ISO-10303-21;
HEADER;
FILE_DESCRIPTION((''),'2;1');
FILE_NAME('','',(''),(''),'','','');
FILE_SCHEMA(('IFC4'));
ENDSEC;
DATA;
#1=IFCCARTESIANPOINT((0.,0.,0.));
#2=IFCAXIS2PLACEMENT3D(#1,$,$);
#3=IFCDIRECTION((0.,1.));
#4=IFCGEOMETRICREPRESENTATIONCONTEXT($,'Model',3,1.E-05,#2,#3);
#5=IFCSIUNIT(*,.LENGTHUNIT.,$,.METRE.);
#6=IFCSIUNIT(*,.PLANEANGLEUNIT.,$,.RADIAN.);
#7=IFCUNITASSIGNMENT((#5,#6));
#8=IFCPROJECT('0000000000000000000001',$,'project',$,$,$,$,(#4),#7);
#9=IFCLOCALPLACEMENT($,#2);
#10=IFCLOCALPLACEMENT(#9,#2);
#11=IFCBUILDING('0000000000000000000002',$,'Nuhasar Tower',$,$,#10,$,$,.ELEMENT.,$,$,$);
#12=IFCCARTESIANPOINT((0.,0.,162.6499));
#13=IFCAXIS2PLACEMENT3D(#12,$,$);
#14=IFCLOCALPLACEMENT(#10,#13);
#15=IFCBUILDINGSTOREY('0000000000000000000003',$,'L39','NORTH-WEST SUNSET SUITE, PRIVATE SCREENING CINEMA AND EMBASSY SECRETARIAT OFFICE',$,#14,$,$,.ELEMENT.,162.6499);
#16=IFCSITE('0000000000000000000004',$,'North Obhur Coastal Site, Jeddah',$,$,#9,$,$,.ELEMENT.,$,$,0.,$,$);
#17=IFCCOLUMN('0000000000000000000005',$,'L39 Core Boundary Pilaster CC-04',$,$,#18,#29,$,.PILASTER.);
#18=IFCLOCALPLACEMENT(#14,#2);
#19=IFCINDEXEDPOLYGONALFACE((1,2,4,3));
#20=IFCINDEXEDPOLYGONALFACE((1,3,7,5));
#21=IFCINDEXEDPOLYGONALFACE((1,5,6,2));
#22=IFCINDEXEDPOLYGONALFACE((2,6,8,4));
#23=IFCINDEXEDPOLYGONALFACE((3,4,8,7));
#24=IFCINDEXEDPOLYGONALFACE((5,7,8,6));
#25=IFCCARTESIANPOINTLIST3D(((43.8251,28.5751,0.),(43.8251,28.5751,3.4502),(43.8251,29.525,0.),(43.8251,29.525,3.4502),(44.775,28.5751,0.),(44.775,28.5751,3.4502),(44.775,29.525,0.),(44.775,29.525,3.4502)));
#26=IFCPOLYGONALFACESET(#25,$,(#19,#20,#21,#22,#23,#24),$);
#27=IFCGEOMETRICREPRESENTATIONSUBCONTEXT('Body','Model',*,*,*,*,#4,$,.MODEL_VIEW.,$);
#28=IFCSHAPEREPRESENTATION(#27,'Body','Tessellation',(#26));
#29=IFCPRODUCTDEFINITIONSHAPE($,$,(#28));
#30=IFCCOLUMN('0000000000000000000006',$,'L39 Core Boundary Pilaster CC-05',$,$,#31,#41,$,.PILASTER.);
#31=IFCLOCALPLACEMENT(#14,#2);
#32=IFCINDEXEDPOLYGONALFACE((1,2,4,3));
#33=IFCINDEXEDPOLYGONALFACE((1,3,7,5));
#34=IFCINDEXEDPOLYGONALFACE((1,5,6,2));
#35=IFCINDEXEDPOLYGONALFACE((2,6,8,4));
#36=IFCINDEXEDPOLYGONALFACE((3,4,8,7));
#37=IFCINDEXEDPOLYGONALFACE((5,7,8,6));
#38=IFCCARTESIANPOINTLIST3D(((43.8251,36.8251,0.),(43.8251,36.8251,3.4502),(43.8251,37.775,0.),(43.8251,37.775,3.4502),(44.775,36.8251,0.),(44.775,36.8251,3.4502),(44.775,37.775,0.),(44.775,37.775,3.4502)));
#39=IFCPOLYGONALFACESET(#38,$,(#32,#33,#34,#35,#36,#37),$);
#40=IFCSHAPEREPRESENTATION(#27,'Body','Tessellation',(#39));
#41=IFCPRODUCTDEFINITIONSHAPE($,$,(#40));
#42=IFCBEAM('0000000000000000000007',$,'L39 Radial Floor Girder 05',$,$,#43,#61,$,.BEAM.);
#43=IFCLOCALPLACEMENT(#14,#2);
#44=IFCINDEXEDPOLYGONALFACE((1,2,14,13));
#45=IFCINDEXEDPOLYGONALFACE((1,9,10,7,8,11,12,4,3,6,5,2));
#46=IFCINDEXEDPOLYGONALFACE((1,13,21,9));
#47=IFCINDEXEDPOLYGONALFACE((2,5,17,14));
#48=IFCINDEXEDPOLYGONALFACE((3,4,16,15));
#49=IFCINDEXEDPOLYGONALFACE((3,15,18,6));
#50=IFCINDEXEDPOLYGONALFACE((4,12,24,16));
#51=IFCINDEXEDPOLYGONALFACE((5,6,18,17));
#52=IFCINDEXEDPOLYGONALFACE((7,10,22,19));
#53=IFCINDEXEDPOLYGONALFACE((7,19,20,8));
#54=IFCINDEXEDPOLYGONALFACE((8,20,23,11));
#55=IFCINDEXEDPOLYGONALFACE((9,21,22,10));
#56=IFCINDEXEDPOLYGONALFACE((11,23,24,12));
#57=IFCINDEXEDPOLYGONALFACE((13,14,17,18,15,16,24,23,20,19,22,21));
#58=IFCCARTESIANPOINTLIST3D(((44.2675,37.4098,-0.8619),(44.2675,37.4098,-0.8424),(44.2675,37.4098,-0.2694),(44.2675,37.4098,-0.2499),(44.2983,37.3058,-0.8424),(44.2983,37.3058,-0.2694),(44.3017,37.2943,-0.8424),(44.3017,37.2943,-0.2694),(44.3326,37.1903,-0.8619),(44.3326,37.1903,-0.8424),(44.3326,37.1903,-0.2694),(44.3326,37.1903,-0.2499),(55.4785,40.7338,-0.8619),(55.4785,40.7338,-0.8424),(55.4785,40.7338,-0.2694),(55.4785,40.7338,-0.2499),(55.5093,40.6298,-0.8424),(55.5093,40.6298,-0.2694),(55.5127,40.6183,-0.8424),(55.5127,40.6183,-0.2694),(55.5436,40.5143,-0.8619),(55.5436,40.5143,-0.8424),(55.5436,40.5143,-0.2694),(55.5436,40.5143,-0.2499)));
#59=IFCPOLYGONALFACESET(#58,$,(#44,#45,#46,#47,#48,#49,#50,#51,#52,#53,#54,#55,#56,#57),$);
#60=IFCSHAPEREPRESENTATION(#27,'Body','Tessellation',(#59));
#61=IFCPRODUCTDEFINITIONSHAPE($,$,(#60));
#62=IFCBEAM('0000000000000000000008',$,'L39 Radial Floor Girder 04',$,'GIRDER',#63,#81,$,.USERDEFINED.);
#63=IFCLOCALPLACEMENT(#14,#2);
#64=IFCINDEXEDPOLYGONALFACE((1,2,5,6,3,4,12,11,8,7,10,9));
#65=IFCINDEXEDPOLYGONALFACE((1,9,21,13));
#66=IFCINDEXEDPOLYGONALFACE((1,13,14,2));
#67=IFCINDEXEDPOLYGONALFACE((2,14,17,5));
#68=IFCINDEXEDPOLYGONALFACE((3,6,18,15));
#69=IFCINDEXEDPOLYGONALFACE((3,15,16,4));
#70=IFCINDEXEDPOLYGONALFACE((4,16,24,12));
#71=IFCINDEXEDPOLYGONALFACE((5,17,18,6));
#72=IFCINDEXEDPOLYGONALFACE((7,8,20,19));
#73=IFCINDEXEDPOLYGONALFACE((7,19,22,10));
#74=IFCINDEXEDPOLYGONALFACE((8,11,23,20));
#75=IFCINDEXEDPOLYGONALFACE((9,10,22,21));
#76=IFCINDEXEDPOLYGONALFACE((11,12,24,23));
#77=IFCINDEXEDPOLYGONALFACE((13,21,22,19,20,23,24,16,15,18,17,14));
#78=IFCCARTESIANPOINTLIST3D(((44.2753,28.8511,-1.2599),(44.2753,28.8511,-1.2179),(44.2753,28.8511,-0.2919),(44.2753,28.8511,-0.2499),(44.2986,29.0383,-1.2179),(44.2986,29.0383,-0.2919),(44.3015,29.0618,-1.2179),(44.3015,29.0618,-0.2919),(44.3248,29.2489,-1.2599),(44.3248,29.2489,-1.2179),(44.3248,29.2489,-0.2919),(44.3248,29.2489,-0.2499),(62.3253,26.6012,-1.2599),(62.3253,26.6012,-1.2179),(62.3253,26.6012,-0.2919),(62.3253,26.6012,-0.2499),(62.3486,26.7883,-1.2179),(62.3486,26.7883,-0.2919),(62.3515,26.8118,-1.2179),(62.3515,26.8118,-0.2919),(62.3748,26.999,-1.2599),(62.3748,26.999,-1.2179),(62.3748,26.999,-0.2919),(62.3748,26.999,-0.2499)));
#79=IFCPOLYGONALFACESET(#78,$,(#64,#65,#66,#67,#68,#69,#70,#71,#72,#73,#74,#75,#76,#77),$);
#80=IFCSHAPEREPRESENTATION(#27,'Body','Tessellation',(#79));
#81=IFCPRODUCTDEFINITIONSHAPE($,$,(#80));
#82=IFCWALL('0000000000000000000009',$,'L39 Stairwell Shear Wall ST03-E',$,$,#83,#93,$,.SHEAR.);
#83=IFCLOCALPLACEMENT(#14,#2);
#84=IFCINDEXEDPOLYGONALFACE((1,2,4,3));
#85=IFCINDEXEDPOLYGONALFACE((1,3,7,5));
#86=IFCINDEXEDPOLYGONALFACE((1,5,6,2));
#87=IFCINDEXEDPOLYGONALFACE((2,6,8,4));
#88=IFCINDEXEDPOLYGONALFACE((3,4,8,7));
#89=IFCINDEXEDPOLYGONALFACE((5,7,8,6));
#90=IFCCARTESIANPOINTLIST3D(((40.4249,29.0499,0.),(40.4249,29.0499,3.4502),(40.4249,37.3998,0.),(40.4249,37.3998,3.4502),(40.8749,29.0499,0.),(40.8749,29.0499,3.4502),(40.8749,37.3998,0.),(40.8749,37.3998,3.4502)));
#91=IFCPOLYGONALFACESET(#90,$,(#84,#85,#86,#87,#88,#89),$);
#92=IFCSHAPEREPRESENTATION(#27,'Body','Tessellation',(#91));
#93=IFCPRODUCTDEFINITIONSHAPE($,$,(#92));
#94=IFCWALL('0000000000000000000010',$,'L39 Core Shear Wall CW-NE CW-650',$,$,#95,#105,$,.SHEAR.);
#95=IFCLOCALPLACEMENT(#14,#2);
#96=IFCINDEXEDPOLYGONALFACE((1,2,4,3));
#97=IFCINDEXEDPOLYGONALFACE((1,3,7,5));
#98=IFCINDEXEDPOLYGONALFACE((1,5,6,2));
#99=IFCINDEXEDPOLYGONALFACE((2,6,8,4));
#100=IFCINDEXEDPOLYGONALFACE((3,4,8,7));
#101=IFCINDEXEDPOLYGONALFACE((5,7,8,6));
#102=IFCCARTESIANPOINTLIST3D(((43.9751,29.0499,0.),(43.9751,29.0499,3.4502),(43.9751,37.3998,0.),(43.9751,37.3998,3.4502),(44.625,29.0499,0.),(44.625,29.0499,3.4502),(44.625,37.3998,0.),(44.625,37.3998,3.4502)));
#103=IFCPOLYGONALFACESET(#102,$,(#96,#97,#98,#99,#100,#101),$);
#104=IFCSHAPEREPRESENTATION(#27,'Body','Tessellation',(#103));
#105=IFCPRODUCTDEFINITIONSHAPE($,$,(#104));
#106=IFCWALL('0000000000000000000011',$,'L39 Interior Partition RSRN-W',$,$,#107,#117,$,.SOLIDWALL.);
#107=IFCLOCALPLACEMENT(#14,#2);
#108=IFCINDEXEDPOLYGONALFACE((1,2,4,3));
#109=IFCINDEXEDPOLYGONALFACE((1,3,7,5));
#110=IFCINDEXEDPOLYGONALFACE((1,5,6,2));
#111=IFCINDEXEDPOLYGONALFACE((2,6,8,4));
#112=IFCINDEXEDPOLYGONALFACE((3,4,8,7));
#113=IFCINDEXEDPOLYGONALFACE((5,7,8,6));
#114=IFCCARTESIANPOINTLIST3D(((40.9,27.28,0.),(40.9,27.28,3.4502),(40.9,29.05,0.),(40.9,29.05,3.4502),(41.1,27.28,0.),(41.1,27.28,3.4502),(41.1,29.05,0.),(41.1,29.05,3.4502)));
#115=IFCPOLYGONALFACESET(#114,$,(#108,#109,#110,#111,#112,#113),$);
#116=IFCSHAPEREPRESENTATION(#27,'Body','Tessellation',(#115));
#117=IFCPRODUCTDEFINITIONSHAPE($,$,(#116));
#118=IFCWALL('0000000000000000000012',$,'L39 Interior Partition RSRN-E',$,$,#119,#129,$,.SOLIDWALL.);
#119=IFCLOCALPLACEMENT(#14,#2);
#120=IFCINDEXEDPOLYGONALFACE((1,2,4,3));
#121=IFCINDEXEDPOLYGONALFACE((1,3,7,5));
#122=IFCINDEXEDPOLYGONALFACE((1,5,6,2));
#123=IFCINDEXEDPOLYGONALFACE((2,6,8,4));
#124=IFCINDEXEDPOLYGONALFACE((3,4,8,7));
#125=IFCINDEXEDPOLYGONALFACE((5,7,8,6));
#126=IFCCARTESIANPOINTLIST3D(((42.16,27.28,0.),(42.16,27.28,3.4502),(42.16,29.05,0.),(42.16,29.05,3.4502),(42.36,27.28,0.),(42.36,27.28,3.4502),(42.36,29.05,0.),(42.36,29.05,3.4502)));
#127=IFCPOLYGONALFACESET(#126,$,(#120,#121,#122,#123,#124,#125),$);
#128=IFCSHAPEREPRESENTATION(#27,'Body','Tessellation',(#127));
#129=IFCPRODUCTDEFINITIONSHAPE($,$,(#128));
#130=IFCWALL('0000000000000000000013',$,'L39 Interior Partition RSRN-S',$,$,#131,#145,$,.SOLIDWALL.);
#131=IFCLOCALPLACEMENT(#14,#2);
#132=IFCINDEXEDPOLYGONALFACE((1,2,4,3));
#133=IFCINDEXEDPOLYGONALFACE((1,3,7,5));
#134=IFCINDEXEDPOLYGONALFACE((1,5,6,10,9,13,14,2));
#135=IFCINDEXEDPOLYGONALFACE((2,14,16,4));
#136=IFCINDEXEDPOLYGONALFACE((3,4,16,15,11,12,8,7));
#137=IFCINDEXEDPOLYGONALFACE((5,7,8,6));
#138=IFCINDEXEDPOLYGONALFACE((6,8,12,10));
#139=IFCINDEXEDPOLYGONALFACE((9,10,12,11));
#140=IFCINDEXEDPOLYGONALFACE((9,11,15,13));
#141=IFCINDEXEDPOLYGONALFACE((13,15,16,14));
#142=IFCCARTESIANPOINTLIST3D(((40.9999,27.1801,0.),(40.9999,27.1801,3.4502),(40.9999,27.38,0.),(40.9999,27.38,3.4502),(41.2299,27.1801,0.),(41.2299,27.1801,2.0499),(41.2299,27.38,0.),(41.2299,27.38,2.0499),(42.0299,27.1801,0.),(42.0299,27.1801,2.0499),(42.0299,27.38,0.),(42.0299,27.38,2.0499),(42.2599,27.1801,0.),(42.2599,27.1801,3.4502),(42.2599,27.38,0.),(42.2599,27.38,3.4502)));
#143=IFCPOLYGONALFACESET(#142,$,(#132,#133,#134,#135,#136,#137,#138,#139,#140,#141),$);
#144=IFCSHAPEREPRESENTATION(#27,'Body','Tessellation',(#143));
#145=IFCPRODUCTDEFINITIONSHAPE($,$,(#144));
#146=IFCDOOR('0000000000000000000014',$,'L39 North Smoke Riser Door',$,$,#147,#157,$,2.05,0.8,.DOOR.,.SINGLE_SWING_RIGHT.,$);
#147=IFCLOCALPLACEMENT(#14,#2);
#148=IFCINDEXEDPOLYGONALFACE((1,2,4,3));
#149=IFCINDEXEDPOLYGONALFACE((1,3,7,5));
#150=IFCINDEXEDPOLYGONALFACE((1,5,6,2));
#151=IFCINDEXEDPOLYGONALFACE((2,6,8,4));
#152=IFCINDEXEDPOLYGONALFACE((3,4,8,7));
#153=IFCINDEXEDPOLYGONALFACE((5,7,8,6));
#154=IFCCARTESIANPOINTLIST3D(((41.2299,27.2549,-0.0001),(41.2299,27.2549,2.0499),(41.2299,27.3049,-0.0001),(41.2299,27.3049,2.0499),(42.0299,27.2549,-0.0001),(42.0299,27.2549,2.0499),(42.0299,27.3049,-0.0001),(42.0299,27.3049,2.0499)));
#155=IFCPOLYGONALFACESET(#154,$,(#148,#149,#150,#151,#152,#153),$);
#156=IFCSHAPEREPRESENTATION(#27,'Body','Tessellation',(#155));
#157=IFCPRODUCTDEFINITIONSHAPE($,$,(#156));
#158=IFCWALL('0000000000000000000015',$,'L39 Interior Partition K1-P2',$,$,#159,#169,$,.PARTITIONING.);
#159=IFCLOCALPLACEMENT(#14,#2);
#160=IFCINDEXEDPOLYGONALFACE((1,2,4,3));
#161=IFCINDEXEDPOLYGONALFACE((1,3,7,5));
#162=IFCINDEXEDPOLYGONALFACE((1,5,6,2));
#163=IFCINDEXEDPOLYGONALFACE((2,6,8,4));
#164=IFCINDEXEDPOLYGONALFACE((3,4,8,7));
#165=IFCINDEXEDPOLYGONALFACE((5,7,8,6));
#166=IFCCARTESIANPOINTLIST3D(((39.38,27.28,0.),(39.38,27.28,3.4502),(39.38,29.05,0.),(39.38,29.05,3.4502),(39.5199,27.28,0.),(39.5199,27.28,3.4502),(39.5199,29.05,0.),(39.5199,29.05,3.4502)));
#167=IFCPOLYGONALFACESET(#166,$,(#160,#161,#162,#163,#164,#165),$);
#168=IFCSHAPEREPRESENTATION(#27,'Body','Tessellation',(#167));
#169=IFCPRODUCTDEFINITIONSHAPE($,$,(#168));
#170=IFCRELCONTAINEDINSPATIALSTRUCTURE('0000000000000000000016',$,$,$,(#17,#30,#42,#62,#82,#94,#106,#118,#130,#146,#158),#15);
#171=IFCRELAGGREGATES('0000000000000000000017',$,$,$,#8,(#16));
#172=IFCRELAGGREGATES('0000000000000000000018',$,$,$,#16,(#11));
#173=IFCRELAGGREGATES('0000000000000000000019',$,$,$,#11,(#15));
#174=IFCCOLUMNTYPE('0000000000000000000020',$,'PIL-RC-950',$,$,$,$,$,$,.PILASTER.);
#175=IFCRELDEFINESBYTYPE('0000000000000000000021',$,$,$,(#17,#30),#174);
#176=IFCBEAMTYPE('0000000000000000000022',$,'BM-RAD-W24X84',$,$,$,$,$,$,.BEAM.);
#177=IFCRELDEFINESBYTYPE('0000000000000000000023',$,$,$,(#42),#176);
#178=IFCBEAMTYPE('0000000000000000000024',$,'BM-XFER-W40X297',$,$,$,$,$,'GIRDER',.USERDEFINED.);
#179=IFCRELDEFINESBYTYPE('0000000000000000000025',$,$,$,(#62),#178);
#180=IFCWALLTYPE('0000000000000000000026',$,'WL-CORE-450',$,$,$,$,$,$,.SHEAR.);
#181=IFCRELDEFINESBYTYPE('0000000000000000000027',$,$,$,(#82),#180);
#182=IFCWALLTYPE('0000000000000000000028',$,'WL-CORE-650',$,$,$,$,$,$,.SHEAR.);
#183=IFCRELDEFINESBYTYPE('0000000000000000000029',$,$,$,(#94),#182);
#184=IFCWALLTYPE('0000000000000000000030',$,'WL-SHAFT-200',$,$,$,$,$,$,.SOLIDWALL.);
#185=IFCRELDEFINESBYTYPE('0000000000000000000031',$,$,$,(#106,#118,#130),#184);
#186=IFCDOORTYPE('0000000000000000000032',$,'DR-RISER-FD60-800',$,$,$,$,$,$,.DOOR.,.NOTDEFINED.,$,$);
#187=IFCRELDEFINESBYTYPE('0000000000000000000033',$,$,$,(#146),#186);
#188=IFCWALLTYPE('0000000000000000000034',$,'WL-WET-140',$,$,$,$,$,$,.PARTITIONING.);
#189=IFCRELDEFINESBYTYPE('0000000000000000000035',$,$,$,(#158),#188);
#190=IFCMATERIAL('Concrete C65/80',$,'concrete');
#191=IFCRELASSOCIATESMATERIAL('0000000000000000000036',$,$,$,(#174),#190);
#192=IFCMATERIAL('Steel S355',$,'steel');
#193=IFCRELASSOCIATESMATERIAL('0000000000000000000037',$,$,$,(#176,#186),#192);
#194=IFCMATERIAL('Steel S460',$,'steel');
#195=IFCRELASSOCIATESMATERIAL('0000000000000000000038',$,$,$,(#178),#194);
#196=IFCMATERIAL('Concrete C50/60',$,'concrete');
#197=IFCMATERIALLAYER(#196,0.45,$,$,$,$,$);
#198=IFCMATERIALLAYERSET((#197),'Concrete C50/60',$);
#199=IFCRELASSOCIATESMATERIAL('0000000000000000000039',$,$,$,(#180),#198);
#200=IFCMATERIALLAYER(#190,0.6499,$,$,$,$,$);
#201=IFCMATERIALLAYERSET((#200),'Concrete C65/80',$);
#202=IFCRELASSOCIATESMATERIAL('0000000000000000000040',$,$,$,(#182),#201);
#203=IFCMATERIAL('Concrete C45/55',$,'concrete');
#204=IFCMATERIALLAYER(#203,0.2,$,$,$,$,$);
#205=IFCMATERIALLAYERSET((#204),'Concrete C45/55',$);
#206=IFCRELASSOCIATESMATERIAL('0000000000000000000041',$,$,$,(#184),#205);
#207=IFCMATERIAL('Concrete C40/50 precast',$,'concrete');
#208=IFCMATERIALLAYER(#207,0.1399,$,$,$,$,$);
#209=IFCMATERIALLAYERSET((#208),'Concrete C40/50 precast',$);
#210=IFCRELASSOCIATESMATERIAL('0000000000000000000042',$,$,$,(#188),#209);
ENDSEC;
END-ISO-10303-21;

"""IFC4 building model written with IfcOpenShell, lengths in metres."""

from ifc_helpers import new_model, si_unit, direction, frame, frame_2d, origin, origin_2d, place, context, subcontext, project, spatial, rectangle, i_section, extrude, material, layer, layer_set, material_profile, profile_set, type_object, element, fill, save


model = new_model("IFC4")

# Units and contexts
model_context = context("Model", 3, precision=1e-05, world=origin(), true_north=direction((0.0, 1.0)))
body_context = subcontext(model_context, "Body", "Model", "MODEL_VIEW")
ifc_project = project(units=[si_unit("LENGTHUNIT", "METRE"), si_unit("PLANEANGLEUNIT", "RADIAN")], contexts=[model_context])

# Site, building, storey
site_placement = place(None, origin())
site = spatial("IfcSite", under=ifc_project, at=site_placement, Name="North Obhur Coastal Site, Jeddah", CompositionType="ELEMENT", RefElevation=0.0)
building_placement = place(site_placement, origin())
building = spatial("IfcBuilding", under=site, at=building_placement, Name="Nuhasar Tower", CompositionType="ELEMENT")
storey_placement = place(building_placement, frame((0.0, 0.0, 162.6499)))
storey = spatial("IfcBuildingStorey", under=building, at=storey_placement, Name="L39", Description="NORTH-WEST SUNSET SUITE, PRIVATE SCREENING CINEMA AND EMBASSY SECRETARIAT OFFICE", CompositionType="ELEMENT", Elevation=162.6499)

# Columns
ifc_material_1 = material(Name="Concrete C65/80", Category="concrete")
ifc_material_profile_1 = material_profile(ifc_material_1, rectangle(XDim=0.95, YDim=0.95, at=origin_2d()), Name="RC950X950")
ifc_profile_set_1 = profile_set([ifc_material_profile_1], Name="Concrete C65/80")
column_type = type_object("IfcColumnType", Name="PIL-RC-950", PredefinedType="PILASTER", material=ifc_profile_set_1)
for number, where, z_axis, x_axis, name in (
    (1, (44.3, 29.05, 0.0), (0.0, 0.0, 1.0), (1.0, 0.0, 0.0), "L39 Core Boundary Pilaster CC-04"),
    (2, (44.3, 37.3, 0.0), (0.0, 0.0, 1.0), (1.0, 0.0, 0.0), "L39 Core Boundary Pilaster CC-05"),
):
    element("IfcColumn", number, at=place(storey_placement, frame(where, z_axis=z_axis, x_axis=x_axis)), inside=storey, type_object=column_type, Name=name, PredefinedType="PILASTER", context=body_context, shape_type="SweptSolid", body=[
        extrude(rectangle(XDim=0.95, YDim=0.95, at=origin_2d()), origin(), (0.0, 0.0, 1.0), 3.4502),
    ])

# Beams
ifc_material_2 = material(Name="Steel S355", Category="steel")
ifc_material_profile_2 = material_profile(ifc_material_2, i_section(OverallWidth=0.229, OverallDepth=0.6121, WebThickness=0.012, FlangeThickness=0.0195, at=origin_2d()), Name="W24X84")
ifc_profile_set_2 = profile_set([ifc_material_profile_2], Name="Steel S355")
beam_type_1 = type_object("IfcBeamType", Name="BM-RAD-W24X84", PredefinedType="BEAM", material=ifc_profile_set_2)
beam_1_placement = place(storey_placement, frame((44.3, 37.3, -0.5559), z_axis=(0.958746, 0.284262, 0.0), x_axis=(-0.284262, 0.958746, 0.0)))
element("IfcBeam", 3, at=beam_1_placement, inside=storey, type_object=beam_type_1, Name="L39 Radial Floor Girder 05", PredefinedType="BEAM", context=body_context, shape_type="SweptSolid", body=[
    extrude(i_section(OverallWidth=0.229, OverallDepth=0.6121, WebThickness=0.012, FlangeThickness=0.0195, at=origin_2d()), origin(), (0.0, 0.0, 1.0), 11.6934),
])
ifc_material_3 = material(Name="Steel S460", Category="steel")
ifc_material_profile_3 = material_profile(ifc_material_3, i_section(OverallWidth=0.4009, OverallDepth=1.01, WebThickness=0.0237, FlangeThickness=0.042, at=origin_2d()), Name="W40X297")
ifc_profile_set_3 = profile_set([ifc_material_profile_3], Name="Steel S460")
beam_type_2 = type_object("IfcBeamType", Name="BM-XFER-W40X297", ElementType="GIRDER", PredefinedType="USERDEFINED", material=ifc_profile_set_3)
beam_2_placement = place(storey_placement, frame((44.3, 29.05, -0.7549), z_axis=(0.99232, -0.123696, 0.0), x_axis=(0.123696, 0.99232, 0.0)))
element("IfcBeam", 4, at=beam_2_placement, inside=storey, type_object=beam_type_2, Name="L39 Radial Floor Girder 04", ObjectType="GIRDER", PredefinedType="USERDEFINED", context=body_context, shape_type="SweptSolid", body=[
    extrude(i_section(OverallWidth=0.4009, OverallDepth=1.01, WebThickness=0.0237, FlangeThickness=0.042, at=origin_2d()), origin(), (0.0, 0.0, 1.0), 18.1897),
])

# Shared definitions
ifc_material_4 = material(Name="Concrete C50/60", Category="concrete")
ifc_layer_1 = layer(ifc_material_4, 0.45)
ifc_layer_set_1 = layer_set([ifc_layer_1], Name="Concrete C50/60")
wall_type_1 = type_object("IfcWallType", Name="WL-CORE-450", PredefinedType="SHEAR", material=ifc_layer_set_1)

# Walls
wall_1_placement = place(storey_placement, frame((40.6499, 29.05, 0.0), z_axis=(0.0, 0.0, 1.0), x_axis=(0.0, 1.0, 0.0)))
element("IfcWall", 5, at=wall_1_placement, inside=storey, type_object=wall_type_1, Name="L39 Stairwell Shear Wall ST03-E", PredefinedType="SHEAR", context=body_context, shape_type="SweptSolid", body=[
    extrude(rectangle(XDim=8.3499, YDim=0.45, at=frame_2d((4.1748, 0.0))), origin(), (0.0, 0.0, 1.0), 3.4502),
])
ifc_layer_2 = layer(ifc_material_1, 0.6499)
ifc_layer_set_2 = layer_set([ifc_layer_2], Name="Concrete C65/80")
wall_type_2 = type_object("IfcWallType", Name="WL-CORE-650", PredefinedType="SHEAR", material=ifc_layer_set_2)
wall_2_placement = place(storey_placement, frame((44.3, 29.05, 0.0), z_axis=(0.0, 0.0, 1.0), x_axis=(0.0, 1.0, 0.0)))
element("IfcWall", 6, at=wall_2_placement, inside=storey, type_object=wall_type_2, Name="L39 Core Shear Wall CW-NE CW-650", PredefinedType="SHEAR", context=body_context, shape_type="SweptSolid", body=[
    extrude(rectangle(XDim=8.3499, YDim=0.6499, at=frame_2d((4.1748, 0.0))), origin(), (0.0, 0.0, 1.0), 3.4502),
])
ifc_material_5 = material(Name="Concrete C45/55", Category="concrete")
ifc_layer_3 = layer(ifc_material_5, 0.2)
ifc_layer_set_3 = layer_set([ifc_layer_3], Name="Concrete C45/55")
wall_type_3 = type_object("IfcWallType", Name="WL-SHAFT-200", PredefinedType="SOLIDWALL", material=ifc_layer_set_3)
for number, where, z_axis, x_axis, name in (
    (7, (41.0, 27.28, 0.0), (0.0, 0.0, 1.0), (0.0, 1.0, 0.0), "L39 Interior Partition RSRN-W"),
    (8, (42.26, 27.28, 0.0), (0.0, 0.0, 1.0), (0.0, 1.0, 0.0), "L39 Interior Partition RSRN-E"),
):
    element("IfcWall", number, at=place(storey_placement, frame(where, z_axis=z_axis, x_axis=x_axis)), inside=storey, type_object=wall_type_3, Name=name, PredefinedType="SOLIDWALL", context=body_context, shape_type="SweptSolid", body=[
        extrude(rectangle(XDim=1.77, YDim=0.2, at=frame_2d((0.885, 0.0))), origin(), (0.0, 0.0, 1.0), 3.4502),
    ])

# Wall, opening, door
wall_3_placement = place(storey_placement, frame((41.0, 27.28, 0.0), z_axis=(0.0, 0.0, 1.0), x_axis=(1.0, 0.0, 0.0)))
wall_3 = element("IfcWall", 9, at=wall_3_placement, inside=storey, type_object=wall_type_3, Name="L39 Interior Partition RSRN-S", PredefinedType="SOLIDWALL", context=body_context, shape_type="SweptSolid", body=[
    extrude(rectangle(XDim=1.26, YDim=0.2, at=frame_2d((0.6299, 0.0))), origin(), (0.0, 0.0, 1.0), 3.4502),
])
opening_1_placement = place(wall_3_placement, frame((0.23, 0.0, 0.0)))
opening_1 = element("IfcOpeningElement", 10, at=opening_1_placement, cuts=wall_3, PredefinedType="OPENING", context=body_context, shape_type="SweptSolid", body=[
    extrude(rectangle(XDim=0.8, YDim=2.05, at=frame_2d((0.3999, 1.0249))), frame((0.0, 0.1099, 0.0), z_axis=(0.0, -1.0, 0.0), x_axis=(1.0, 0.0, 0.0)), (0.0, 0.0, 1.0), 0.22),
])
door_type_1 = type_object("IfcDoorType", Name="DR-RISER-FD60-800", OperationType="NOTDEFINED", PredefinedType="DOOR", material=ifc_material_2)
door_1_placement = place(opening_1_placement, origin())
door_1 = element("IfcDoor", 11, at=door_1_placement, inside=storey, type_object=door_type_1, Name="L39 North Smoke Riser Door", OperationType="SINGLE_SWING_RIGHT", OverallHeight=2.05, OverallWidth=0.8, PredefinedType="DOOR", context=body_context, shape_type="SweptSolid", body=[
    extrude(rectangle(XDim=0.8, YDim=2.05, at=frame_2d((0.3999, 1.0249))), frame((0.0, 0.0249, 0.0), z_axis=(0.0, -1.0, 0.0), x_axis=(1.0, 0.0, 0.0)), (0.0, 0.0, 1.0), 0.05),
])
fill(opening_1, door_1)

# Wall
ifc_material_6 = material(Name="Concrete C40/50 precast", Category="concrete")
ifc_layer_4 = layer(ifc_material_6, 0.1399)
ifc_layer_set_4 = layer_set([ifc_layer_4], Name="Concrete C40/50 precast")
wall_type_4 = type_object("IfcWallType", Name="WL-WET-140", PredefinedType="PARTITIONING", material=ifc_layer_set_4)
wall_4_placement = place(storey_placement, frame((39.45, 27.28, 0.0), z_axis=(0.0, 0.0, 1.0), x_axis=(0.0, 1.0, 0.0)))
element("IfcWall", 12, at=wall_4_placement, inside=storey, type_object=wall_type_4, Name="L39 Interior Partition K1-P2", PredefinedType="PARTITIONING", context=body_context, shape_type="SweptSolid", body=[
    extrude(rectangle(XDim=1.77, YDim=0.1399, at=frame_2d((0.885, 0.0))), origin(), (0.0, 0.0, 1.0), 3.4502),
])

save(model, "model.ifc")
